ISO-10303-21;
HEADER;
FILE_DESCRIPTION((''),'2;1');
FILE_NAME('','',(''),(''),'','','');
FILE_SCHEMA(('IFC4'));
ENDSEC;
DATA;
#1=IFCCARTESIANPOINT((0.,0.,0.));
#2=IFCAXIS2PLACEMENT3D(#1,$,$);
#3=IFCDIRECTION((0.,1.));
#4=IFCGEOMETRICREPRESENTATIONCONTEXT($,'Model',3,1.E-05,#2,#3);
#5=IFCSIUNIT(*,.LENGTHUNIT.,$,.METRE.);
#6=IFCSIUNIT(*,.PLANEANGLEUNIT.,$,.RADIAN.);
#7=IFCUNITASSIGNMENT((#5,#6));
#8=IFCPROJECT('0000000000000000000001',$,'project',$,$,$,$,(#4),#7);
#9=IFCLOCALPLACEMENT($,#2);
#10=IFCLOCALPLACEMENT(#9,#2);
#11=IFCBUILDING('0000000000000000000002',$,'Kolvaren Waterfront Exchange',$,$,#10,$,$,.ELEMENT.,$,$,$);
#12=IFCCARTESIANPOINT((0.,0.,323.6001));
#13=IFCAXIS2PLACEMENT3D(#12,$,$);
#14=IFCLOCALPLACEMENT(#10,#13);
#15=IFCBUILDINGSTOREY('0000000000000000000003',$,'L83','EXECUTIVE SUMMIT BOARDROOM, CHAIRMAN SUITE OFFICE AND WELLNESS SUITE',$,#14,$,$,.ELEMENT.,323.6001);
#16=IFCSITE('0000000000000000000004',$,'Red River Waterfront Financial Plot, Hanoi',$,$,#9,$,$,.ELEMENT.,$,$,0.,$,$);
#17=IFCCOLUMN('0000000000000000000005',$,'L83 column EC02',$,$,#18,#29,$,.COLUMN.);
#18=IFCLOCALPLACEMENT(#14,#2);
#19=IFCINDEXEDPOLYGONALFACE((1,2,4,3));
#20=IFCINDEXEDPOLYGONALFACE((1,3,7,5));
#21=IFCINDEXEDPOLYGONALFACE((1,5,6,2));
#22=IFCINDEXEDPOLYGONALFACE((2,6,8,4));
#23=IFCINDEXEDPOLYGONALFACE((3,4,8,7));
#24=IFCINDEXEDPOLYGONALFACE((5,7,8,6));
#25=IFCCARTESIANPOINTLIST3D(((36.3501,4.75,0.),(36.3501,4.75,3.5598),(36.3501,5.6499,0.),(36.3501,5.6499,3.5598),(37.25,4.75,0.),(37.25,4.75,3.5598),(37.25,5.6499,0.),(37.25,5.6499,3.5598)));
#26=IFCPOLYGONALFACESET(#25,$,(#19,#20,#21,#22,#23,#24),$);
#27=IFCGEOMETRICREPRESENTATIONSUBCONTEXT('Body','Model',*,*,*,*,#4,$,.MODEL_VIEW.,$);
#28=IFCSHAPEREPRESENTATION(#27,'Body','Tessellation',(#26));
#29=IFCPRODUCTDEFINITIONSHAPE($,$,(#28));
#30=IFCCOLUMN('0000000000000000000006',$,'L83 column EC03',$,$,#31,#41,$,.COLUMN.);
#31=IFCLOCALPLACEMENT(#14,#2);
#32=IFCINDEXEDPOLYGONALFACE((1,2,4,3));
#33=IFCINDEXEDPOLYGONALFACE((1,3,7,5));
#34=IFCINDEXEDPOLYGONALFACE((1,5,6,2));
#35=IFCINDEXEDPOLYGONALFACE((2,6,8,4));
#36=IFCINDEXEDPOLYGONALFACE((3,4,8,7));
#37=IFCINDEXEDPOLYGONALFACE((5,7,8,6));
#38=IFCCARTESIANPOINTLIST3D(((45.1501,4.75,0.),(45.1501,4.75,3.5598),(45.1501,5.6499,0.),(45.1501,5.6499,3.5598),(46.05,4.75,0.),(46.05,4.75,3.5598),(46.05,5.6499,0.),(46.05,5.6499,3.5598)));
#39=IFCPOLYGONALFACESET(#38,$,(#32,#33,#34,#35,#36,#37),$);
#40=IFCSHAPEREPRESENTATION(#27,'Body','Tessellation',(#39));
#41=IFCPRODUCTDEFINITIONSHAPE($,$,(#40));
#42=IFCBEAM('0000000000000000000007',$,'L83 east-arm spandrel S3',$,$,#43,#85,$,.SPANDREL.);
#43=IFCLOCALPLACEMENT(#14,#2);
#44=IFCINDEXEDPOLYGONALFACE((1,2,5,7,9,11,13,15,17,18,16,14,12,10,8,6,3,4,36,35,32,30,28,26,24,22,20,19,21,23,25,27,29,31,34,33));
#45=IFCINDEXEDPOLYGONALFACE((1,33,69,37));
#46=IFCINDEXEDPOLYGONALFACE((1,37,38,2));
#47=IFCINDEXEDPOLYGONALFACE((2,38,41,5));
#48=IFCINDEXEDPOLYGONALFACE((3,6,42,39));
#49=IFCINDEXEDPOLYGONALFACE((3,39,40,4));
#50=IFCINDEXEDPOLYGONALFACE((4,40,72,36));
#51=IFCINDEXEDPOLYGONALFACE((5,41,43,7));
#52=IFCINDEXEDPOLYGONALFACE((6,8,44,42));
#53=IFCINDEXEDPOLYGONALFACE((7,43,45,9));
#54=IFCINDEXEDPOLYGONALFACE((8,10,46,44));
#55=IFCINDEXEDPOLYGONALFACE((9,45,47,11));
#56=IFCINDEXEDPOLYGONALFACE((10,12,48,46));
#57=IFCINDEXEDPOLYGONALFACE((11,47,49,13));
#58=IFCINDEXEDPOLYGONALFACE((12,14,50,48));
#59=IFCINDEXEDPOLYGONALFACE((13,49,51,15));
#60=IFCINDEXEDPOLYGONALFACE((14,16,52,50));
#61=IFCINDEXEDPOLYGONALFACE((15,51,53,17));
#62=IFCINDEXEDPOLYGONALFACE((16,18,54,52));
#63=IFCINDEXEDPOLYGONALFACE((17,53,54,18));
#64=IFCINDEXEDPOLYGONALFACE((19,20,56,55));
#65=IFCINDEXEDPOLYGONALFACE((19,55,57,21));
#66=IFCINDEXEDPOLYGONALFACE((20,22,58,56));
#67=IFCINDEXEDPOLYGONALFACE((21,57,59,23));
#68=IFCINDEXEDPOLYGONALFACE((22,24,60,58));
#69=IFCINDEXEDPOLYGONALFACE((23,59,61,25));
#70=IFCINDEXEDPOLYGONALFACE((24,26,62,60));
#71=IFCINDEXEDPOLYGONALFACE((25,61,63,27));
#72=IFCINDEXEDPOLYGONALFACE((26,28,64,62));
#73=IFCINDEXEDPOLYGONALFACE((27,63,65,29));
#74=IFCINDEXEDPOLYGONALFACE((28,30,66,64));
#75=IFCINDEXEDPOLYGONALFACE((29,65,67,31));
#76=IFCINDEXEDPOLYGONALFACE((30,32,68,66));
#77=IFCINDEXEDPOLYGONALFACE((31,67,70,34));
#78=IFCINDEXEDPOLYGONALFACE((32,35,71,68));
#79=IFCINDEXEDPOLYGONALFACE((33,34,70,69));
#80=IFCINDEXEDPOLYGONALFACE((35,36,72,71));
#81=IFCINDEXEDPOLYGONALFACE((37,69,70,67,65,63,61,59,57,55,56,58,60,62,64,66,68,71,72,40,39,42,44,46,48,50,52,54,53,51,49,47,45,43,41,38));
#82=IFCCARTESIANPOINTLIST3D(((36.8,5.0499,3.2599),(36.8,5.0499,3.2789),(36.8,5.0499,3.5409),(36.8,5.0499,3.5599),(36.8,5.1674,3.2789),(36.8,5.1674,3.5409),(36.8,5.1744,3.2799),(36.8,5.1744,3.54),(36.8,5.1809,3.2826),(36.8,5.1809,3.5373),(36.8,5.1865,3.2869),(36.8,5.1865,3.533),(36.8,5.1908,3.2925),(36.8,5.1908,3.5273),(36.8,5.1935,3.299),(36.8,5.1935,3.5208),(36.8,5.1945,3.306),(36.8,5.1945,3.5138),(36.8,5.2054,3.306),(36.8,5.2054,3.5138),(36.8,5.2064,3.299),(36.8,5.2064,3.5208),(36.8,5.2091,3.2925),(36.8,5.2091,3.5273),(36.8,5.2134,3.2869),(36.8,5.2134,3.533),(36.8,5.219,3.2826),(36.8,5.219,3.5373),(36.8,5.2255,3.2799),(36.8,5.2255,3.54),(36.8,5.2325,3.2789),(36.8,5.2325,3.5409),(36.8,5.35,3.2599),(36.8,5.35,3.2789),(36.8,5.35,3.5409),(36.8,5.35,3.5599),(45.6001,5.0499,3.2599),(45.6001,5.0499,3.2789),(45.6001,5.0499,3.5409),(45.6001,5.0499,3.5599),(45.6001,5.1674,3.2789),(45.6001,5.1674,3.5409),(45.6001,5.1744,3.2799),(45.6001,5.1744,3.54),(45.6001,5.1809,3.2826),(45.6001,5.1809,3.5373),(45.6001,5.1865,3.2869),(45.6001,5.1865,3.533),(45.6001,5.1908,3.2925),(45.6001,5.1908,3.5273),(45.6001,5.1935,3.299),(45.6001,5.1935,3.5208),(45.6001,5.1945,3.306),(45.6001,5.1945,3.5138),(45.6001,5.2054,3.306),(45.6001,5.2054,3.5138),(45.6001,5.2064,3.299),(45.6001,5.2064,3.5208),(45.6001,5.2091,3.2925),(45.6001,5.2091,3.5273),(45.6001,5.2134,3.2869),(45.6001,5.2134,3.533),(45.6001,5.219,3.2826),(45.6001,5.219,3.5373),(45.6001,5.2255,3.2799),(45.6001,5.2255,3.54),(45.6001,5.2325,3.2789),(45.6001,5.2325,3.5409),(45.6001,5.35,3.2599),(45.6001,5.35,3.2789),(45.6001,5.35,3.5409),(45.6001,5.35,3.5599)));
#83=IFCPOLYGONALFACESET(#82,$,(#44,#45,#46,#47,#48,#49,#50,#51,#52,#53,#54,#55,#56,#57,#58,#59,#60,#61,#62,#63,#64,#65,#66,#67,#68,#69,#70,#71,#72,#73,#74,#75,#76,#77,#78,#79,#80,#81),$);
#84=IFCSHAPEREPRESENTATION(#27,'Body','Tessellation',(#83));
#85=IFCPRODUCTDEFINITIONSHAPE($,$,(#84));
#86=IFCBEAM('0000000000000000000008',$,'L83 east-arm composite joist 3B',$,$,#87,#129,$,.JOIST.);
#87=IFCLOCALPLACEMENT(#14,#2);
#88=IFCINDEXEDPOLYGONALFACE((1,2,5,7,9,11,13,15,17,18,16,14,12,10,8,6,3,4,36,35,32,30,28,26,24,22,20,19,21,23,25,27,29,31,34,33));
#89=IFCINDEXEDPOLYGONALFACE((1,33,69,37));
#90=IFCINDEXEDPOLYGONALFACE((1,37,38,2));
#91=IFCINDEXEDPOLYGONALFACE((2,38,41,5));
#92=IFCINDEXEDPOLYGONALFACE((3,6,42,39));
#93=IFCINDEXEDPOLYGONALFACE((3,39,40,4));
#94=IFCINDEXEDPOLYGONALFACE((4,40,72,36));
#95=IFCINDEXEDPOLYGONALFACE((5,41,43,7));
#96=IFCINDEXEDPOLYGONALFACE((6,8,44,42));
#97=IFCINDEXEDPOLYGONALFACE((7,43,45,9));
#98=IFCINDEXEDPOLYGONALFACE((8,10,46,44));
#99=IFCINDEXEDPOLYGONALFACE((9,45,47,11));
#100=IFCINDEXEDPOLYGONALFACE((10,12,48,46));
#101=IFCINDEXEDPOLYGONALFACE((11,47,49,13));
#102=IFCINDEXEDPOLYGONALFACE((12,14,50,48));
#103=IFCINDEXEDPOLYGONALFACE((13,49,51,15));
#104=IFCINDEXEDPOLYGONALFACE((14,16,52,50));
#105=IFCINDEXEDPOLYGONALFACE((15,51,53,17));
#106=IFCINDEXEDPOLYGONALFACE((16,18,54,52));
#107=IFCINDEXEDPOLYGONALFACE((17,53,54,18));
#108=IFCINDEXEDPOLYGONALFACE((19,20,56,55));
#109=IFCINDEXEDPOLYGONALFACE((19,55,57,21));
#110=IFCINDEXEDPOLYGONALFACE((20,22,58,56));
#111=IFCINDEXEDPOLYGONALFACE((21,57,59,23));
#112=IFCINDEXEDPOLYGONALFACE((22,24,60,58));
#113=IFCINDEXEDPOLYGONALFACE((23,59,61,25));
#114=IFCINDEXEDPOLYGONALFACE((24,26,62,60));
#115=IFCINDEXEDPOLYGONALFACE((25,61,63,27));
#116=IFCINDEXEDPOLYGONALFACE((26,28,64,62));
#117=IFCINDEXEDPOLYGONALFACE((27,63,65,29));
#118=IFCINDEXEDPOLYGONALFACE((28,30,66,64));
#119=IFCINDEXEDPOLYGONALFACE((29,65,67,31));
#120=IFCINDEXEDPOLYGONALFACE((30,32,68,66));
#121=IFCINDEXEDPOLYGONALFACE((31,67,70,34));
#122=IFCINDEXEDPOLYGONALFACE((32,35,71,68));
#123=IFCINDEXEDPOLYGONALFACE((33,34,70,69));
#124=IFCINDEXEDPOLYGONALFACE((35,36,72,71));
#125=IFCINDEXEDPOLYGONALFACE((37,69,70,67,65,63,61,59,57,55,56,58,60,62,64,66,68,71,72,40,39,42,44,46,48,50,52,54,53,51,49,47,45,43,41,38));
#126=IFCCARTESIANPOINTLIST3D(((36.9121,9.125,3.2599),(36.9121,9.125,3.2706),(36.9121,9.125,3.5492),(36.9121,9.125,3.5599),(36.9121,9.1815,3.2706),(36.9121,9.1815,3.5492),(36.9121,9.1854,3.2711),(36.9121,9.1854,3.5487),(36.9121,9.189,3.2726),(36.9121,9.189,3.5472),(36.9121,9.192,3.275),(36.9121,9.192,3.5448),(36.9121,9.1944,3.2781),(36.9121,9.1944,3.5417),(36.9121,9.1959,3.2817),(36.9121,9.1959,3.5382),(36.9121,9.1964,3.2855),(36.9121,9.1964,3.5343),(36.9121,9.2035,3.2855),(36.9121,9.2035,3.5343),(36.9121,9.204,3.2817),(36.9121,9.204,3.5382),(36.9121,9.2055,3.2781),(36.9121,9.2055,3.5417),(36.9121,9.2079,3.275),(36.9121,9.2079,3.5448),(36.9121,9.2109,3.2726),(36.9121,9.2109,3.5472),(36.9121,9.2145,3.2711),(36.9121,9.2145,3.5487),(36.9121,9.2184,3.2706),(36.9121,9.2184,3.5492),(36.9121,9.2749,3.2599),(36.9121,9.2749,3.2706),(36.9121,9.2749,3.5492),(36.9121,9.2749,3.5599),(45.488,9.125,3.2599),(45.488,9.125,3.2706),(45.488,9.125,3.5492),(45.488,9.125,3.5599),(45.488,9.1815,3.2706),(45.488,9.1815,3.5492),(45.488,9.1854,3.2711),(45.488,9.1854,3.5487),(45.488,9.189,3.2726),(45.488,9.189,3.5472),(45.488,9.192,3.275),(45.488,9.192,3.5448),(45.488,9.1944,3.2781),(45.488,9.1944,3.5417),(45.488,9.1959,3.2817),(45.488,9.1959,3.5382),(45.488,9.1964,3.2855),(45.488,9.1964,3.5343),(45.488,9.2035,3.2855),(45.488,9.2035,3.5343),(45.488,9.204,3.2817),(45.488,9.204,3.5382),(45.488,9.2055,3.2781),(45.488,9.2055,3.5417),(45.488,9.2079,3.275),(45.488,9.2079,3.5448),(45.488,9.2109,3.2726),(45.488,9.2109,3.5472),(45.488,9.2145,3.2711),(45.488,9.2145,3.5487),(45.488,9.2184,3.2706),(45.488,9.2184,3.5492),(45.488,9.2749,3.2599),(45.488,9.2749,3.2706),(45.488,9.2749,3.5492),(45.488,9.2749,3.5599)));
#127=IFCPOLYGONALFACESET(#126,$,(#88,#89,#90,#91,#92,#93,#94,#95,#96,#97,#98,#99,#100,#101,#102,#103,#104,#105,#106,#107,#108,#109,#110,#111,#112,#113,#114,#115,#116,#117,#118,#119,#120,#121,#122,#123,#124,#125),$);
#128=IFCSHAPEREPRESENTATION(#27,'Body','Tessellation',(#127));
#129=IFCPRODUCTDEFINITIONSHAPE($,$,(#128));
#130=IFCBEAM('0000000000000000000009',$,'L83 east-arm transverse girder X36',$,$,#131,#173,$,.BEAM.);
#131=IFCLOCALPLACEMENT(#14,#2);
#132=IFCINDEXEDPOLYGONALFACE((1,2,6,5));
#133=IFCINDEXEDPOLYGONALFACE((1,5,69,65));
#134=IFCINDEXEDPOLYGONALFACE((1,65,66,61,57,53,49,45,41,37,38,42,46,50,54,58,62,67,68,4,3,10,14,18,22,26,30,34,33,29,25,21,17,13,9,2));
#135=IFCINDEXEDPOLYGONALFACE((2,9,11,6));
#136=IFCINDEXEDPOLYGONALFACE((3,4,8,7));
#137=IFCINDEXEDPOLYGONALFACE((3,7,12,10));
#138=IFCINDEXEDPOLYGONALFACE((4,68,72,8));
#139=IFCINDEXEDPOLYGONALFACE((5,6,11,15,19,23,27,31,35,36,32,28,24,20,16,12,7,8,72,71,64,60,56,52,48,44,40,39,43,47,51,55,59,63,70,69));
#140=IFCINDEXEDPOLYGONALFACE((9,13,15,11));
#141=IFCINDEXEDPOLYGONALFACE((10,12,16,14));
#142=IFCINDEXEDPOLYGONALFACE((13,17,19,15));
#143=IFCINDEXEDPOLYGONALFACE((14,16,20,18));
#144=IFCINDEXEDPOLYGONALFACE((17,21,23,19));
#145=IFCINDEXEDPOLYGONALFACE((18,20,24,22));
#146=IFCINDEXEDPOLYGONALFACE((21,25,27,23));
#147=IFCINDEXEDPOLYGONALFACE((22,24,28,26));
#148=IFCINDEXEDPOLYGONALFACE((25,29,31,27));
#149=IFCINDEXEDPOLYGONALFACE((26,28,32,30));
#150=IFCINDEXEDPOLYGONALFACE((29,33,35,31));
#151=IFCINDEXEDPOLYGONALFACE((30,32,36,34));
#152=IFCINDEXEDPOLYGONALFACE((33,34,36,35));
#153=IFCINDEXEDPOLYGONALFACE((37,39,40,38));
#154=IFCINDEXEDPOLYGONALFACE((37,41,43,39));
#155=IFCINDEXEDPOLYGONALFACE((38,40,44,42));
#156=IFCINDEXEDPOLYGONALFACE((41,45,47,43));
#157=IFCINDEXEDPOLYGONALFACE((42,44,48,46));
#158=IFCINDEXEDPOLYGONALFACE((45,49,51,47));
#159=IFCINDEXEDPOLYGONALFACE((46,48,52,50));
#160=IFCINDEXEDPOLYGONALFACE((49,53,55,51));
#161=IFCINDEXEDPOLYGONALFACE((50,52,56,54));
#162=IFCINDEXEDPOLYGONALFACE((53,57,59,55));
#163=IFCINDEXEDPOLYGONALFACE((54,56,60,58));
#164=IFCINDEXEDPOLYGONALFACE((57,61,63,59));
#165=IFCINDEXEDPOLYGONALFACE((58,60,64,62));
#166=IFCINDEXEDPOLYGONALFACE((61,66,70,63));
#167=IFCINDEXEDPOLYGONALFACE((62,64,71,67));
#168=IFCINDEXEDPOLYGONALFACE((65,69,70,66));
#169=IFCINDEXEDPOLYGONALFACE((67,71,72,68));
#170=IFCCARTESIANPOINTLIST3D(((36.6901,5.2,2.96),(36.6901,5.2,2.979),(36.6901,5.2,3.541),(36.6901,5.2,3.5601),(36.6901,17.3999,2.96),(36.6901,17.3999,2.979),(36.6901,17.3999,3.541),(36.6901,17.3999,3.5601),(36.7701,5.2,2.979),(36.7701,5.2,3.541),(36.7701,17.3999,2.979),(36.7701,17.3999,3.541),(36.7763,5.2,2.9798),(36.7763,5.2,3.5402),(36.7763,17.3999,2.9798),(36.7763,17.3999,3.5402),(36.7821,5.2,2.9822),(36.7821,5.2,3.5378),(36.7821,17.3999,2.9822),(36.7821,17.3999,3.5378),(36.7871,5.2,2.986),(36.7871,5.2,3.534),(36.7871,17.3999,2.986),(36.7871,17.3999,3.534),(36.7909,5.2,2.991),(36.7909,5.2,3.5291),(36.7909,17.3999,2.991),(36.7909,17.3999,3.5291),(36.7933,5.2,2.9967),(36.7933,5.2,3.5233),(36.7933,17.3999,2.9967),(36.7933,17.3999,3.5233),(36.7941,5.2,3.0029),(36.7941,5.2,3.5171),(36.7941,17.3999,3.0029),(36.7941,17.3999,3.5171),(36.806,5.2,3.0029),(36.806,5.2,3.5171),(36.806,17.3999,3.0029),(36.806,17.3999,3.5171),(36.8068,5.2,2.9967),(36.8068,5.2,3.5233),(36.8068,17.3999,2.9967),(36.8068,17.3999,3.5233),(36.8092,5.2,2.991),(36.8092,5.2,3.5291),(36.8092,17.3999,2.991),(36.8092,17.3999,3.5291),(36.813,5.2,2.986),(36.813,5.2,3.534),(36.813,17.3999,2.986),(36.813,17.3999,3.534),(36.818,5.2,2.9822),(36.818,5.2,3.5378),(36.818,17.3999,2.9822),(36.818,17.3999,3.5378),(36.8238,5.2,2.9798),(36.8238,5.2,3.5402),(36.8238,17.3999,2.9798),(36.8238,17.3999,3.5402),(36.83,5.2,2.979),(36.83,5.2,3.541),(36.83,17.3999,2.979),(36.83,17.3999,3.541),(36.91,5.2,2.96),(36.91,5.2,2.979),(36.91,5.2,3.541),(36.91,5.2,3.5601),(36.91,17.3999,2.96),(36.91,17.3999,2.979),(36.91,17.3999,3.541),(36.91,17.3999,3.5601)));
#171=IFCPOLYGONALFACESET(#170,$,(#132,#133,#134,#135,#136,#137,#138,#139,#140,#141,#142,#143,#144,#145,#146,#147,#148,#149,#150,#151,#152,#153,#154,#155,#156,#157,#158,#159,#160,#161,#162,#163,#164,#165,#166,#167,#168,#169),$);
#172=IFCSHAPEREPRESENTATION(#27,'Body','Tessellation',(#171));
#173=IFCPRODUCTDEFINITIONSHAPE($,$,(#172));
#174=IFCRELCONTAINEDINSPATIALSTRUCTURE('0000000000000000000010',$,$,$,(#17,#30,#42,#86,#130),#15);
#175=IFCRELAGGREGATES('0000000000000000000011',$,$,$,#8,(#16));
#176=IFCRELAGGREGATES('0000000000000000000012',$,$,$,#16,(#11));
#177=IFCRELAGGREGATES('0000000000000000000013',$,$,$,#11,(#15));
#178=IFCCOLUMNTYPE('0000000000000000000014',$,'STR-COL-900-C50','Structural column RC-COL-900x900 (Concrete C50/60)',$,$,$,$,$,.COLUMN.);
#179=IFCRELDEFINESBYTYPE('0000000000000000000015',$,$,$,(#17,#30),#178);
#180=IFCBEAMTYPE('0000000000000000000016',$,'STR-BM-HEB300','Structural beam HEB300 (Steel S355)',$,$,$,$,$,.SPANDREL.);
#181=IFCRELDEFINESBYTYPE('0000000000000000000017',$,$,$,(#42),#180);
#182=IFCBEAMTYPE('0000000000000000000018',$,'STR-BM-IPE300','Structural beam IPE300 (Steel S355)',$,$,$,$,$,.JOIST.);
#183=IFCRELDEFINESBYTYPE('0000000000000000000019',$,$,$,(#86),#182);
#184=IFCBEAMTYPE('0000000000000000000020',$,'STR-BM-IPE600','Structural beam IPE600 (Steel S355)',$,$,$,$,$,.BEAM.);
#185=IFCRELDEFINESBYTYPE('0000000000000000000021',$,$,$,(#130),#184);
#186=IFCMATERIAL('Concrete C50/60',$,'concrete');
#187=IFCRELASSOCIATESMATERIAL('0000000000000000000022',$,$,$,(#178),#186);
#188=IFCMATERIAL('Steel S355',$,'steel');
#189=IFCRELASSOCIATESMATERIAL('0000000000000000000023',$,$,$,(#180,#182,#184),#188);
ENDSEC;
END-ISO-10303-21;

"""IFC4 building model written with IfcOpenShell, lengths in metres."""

from ifc_helpers import new_model, si_unit, direction, frame, origin, origin_2d, place, context, subcontext, project, spatial, rectangle, i_section, extrude, material, material_profile, profile_set, type_object, element, save


model = new_model("IFC4")

# Units and contexts
model_context = context("Model", 3, precision=1e-05, world=origin(), true_north=direction((0.0, 1.0)))
body_context = subcontext(model_context, "Body", "Model", "MODEL_VIEW")
ifc_project = project(units=[si_unit("LENGTHUNIT", "METRE"), si_unit("PLANEANGLEUNIT", "RADIAN")], contexts=[model_context])

# Site, building, storey
site_placement = place(None, origin())
site = spatial("IfcSite", under=ifc_project, at=site_placement, Name="Red River Waterfront Financial Plot, Hanoi", CompositionType="ELEMENT", RefElevation=0.0)
building_placement = place(site_placement, origin())
building = spatial("IfcBuilding", under=site, at=building_placement, Name="Kolvaren Waterfront Exchange", CompositionType="ELEMENT")
storey_placement = place(building_placement, frame((0.0, 0.0, 323.6001)))
storey = spatial("IfcBuildingStorey", under=building, at=storey_placement, Name="L83", Description="EXECUTIVE SUMMIT BOARDROOM, CHAIRMAN SUITE OFFICE AND WELLNESS SUITE", CompositionType="ELEMENT", Elevation=323.6001)

# Columns
ifc_material_1 = material(Name="Concrete C50/60", Category="concrete")
ifc_material_profile_1 = material_profile(ifc_material_1, rectangle(XDim=0.8999, YDim=0.8999, at=origin_2d()), Name="RC-COL-900x900")
ifc_profile_set_1 = profile_set([ifc_material_profile_1], Name="Concrete C50/60")
column_type = type_object("IfcColumnType", Name="STR-COL-900-C50", Description="Structural column RC-COL-900x900 (Concrete C50/60)", PredefinedType="COLUMN", material=ifc_profile_set_1)
for number, where, z_axis, x_axis, name in (
    (1, (36.8, 5.2, 0.0), (0.0, 0.0, 1.0), (1.0, 0.0, 0.0), "L83 column EC02"),
    (2, (45.6001, 5.2, 0.0), (0.0, 0.0, 1.0), (1.0, 0.0, 0.0), "L83 column EC03"),
):
    element("IfcColumn", number, at=place(storey_placement, frame(where, z_axis=z_axis, x_axis=x_axis)), inside=storey, type_object=column_type, Name=name, PredefinedType="COLUMN", context=body_context, shape_type="SweptSolid", body=[
        extrude(rectangle(XDim=0.8999, YDim=0.8999, at=origin_2d()), origin(), (0.0, 0.0, 1.0), 3.5598),
    ])

# Beams
ifc_material_2 = material(Name="Steel S355", Category="steel")
ifc_material_profile_2 = material_profile(ifc_material_2, i_section(OverallWidth=0.3, OverallDepth=0.3, WebThickness=0.011, FlangeThickness=0.019, FilletRadius=0.0271, at=origin_2d()), Name="HEB300")
ifc_profile_set_2 = profile_set([ifc_material_profile_2], Name="Steel S355")
beam_type_1 = type_object("IfcBeamType", Name="STR-BM-HEB300", Description="Structural beam HEB300 (Steel S355)", PredefinedType="SPANDREL", material=ifc_profile_set_2)
beam_1_placement = place(storey_placement, frame((36.8, 5.2, 3.4099), z_axis=(1.0, 0.0, 0.0), x_axis=(0.0, 1.0, 0.0)))
element("IfcBeam", 3, at=beam_1_placement, inside=storey, type_object=beam_type_1, Name="L83 east-arm spandrel S3", PredefinedType="SPANDREL", context=body_context, shape_type="SweptSolid", body=[
    extrude(i_section(OverallWidth=0.3, OverallDepth=0.3, WebThickness=0.011, FlangeThickness=0.019, FilletRadius=0.0271, at=origin_2d()), origin(), (0.0, 0.0, 1.0), 8.8),
])
ifc_material_profile_3 = material_profile(ifc_material_2, i_section(OverallWidth=0.1499, OverallDepth=0.3, WebThickness=0.0071, FlangeThickness=0.0107, FilletRadius=0.0149, at=origin_2d()), Name="IPE300")
ifc_profile_set_3 = profile_set([ifc_material_profile_3], Name="Steel S355")
beam_type_2 = type_object("IfcBeamType", Name="STR-BM-IPE300", Description="Structural beam IPE300 (Steel S355)", PredefinedType="JOIST", material=ifc_profile_set_3)
beam_2_placement = place(storey_placement, frame((36.9121, 9.2, 3.4099), z_axis=(1.0, 0.0, 0.0), x_axis=(0.0, 1.0, 0.0)))
element("IfcBeam", 4, at=beam_2_placement, inside=storey, type_object=beam_type_2, Name="L83 east-arm composite joist 3B", PredefinedType="JOIST", context=body_context, shape_type="SweptSolid", body=[
    extrude(i_section(OverallWidth=0.1499, OverallDepth=0.3, WebThickness=0.0071, FlangeThickness=0.0107, FilletRadius=0.0149, at=origin_2d()), origin(), (0.0, 0.0, 1.0), 8.5759),
])
ifc_material_profile_4 = material_profile(ifc_material_2, i_section(OverallWidth=0.22, OverallDepth=0.6001, WebThickness=0.012, FlangeThickness=0.019, FilletRadius=0.0239, at=origin_2d()), Name="IPE600")
ifc_profile_set_4 = profile_set([ifc_material_profile_4], Name="Steel S355")
beam_type_3 = type_object("IfcBeamType", Name="STR-BM-IPE600", Description="Structural beam IPE600 (Steel S355)", PredefinedType="BEAM", material=ifc_profile_set_4)
for number, where, z_axis, x_axis, name in (
    (5, (36.8, 5.2, 3.26), (0.0, 1.0, 0.0), (-1.0, 0.0, 0.0), "L83 east-arm transverse girder X36"),
):
    element("IfcBeam", number, at=place(storey_placement, frame(where, z_axis=z_axis, x_axis=x_axis)), inside=storey, type_object=beam_type_3, Name=name, PredefinedType="BEAM", context=body_context, shape_type="SweptSolid", body=[
        extrude(i_section(OverallWidth=0.22, OverallDepth=0.6001, WebThickness=0.012, FlangeThickness=0.019, FilletRadius=0.0239, at=origin_2d()), origin(), (0.0, 0.0, 1.0), 12.2),
    ])

save(model, "model.ifc")
